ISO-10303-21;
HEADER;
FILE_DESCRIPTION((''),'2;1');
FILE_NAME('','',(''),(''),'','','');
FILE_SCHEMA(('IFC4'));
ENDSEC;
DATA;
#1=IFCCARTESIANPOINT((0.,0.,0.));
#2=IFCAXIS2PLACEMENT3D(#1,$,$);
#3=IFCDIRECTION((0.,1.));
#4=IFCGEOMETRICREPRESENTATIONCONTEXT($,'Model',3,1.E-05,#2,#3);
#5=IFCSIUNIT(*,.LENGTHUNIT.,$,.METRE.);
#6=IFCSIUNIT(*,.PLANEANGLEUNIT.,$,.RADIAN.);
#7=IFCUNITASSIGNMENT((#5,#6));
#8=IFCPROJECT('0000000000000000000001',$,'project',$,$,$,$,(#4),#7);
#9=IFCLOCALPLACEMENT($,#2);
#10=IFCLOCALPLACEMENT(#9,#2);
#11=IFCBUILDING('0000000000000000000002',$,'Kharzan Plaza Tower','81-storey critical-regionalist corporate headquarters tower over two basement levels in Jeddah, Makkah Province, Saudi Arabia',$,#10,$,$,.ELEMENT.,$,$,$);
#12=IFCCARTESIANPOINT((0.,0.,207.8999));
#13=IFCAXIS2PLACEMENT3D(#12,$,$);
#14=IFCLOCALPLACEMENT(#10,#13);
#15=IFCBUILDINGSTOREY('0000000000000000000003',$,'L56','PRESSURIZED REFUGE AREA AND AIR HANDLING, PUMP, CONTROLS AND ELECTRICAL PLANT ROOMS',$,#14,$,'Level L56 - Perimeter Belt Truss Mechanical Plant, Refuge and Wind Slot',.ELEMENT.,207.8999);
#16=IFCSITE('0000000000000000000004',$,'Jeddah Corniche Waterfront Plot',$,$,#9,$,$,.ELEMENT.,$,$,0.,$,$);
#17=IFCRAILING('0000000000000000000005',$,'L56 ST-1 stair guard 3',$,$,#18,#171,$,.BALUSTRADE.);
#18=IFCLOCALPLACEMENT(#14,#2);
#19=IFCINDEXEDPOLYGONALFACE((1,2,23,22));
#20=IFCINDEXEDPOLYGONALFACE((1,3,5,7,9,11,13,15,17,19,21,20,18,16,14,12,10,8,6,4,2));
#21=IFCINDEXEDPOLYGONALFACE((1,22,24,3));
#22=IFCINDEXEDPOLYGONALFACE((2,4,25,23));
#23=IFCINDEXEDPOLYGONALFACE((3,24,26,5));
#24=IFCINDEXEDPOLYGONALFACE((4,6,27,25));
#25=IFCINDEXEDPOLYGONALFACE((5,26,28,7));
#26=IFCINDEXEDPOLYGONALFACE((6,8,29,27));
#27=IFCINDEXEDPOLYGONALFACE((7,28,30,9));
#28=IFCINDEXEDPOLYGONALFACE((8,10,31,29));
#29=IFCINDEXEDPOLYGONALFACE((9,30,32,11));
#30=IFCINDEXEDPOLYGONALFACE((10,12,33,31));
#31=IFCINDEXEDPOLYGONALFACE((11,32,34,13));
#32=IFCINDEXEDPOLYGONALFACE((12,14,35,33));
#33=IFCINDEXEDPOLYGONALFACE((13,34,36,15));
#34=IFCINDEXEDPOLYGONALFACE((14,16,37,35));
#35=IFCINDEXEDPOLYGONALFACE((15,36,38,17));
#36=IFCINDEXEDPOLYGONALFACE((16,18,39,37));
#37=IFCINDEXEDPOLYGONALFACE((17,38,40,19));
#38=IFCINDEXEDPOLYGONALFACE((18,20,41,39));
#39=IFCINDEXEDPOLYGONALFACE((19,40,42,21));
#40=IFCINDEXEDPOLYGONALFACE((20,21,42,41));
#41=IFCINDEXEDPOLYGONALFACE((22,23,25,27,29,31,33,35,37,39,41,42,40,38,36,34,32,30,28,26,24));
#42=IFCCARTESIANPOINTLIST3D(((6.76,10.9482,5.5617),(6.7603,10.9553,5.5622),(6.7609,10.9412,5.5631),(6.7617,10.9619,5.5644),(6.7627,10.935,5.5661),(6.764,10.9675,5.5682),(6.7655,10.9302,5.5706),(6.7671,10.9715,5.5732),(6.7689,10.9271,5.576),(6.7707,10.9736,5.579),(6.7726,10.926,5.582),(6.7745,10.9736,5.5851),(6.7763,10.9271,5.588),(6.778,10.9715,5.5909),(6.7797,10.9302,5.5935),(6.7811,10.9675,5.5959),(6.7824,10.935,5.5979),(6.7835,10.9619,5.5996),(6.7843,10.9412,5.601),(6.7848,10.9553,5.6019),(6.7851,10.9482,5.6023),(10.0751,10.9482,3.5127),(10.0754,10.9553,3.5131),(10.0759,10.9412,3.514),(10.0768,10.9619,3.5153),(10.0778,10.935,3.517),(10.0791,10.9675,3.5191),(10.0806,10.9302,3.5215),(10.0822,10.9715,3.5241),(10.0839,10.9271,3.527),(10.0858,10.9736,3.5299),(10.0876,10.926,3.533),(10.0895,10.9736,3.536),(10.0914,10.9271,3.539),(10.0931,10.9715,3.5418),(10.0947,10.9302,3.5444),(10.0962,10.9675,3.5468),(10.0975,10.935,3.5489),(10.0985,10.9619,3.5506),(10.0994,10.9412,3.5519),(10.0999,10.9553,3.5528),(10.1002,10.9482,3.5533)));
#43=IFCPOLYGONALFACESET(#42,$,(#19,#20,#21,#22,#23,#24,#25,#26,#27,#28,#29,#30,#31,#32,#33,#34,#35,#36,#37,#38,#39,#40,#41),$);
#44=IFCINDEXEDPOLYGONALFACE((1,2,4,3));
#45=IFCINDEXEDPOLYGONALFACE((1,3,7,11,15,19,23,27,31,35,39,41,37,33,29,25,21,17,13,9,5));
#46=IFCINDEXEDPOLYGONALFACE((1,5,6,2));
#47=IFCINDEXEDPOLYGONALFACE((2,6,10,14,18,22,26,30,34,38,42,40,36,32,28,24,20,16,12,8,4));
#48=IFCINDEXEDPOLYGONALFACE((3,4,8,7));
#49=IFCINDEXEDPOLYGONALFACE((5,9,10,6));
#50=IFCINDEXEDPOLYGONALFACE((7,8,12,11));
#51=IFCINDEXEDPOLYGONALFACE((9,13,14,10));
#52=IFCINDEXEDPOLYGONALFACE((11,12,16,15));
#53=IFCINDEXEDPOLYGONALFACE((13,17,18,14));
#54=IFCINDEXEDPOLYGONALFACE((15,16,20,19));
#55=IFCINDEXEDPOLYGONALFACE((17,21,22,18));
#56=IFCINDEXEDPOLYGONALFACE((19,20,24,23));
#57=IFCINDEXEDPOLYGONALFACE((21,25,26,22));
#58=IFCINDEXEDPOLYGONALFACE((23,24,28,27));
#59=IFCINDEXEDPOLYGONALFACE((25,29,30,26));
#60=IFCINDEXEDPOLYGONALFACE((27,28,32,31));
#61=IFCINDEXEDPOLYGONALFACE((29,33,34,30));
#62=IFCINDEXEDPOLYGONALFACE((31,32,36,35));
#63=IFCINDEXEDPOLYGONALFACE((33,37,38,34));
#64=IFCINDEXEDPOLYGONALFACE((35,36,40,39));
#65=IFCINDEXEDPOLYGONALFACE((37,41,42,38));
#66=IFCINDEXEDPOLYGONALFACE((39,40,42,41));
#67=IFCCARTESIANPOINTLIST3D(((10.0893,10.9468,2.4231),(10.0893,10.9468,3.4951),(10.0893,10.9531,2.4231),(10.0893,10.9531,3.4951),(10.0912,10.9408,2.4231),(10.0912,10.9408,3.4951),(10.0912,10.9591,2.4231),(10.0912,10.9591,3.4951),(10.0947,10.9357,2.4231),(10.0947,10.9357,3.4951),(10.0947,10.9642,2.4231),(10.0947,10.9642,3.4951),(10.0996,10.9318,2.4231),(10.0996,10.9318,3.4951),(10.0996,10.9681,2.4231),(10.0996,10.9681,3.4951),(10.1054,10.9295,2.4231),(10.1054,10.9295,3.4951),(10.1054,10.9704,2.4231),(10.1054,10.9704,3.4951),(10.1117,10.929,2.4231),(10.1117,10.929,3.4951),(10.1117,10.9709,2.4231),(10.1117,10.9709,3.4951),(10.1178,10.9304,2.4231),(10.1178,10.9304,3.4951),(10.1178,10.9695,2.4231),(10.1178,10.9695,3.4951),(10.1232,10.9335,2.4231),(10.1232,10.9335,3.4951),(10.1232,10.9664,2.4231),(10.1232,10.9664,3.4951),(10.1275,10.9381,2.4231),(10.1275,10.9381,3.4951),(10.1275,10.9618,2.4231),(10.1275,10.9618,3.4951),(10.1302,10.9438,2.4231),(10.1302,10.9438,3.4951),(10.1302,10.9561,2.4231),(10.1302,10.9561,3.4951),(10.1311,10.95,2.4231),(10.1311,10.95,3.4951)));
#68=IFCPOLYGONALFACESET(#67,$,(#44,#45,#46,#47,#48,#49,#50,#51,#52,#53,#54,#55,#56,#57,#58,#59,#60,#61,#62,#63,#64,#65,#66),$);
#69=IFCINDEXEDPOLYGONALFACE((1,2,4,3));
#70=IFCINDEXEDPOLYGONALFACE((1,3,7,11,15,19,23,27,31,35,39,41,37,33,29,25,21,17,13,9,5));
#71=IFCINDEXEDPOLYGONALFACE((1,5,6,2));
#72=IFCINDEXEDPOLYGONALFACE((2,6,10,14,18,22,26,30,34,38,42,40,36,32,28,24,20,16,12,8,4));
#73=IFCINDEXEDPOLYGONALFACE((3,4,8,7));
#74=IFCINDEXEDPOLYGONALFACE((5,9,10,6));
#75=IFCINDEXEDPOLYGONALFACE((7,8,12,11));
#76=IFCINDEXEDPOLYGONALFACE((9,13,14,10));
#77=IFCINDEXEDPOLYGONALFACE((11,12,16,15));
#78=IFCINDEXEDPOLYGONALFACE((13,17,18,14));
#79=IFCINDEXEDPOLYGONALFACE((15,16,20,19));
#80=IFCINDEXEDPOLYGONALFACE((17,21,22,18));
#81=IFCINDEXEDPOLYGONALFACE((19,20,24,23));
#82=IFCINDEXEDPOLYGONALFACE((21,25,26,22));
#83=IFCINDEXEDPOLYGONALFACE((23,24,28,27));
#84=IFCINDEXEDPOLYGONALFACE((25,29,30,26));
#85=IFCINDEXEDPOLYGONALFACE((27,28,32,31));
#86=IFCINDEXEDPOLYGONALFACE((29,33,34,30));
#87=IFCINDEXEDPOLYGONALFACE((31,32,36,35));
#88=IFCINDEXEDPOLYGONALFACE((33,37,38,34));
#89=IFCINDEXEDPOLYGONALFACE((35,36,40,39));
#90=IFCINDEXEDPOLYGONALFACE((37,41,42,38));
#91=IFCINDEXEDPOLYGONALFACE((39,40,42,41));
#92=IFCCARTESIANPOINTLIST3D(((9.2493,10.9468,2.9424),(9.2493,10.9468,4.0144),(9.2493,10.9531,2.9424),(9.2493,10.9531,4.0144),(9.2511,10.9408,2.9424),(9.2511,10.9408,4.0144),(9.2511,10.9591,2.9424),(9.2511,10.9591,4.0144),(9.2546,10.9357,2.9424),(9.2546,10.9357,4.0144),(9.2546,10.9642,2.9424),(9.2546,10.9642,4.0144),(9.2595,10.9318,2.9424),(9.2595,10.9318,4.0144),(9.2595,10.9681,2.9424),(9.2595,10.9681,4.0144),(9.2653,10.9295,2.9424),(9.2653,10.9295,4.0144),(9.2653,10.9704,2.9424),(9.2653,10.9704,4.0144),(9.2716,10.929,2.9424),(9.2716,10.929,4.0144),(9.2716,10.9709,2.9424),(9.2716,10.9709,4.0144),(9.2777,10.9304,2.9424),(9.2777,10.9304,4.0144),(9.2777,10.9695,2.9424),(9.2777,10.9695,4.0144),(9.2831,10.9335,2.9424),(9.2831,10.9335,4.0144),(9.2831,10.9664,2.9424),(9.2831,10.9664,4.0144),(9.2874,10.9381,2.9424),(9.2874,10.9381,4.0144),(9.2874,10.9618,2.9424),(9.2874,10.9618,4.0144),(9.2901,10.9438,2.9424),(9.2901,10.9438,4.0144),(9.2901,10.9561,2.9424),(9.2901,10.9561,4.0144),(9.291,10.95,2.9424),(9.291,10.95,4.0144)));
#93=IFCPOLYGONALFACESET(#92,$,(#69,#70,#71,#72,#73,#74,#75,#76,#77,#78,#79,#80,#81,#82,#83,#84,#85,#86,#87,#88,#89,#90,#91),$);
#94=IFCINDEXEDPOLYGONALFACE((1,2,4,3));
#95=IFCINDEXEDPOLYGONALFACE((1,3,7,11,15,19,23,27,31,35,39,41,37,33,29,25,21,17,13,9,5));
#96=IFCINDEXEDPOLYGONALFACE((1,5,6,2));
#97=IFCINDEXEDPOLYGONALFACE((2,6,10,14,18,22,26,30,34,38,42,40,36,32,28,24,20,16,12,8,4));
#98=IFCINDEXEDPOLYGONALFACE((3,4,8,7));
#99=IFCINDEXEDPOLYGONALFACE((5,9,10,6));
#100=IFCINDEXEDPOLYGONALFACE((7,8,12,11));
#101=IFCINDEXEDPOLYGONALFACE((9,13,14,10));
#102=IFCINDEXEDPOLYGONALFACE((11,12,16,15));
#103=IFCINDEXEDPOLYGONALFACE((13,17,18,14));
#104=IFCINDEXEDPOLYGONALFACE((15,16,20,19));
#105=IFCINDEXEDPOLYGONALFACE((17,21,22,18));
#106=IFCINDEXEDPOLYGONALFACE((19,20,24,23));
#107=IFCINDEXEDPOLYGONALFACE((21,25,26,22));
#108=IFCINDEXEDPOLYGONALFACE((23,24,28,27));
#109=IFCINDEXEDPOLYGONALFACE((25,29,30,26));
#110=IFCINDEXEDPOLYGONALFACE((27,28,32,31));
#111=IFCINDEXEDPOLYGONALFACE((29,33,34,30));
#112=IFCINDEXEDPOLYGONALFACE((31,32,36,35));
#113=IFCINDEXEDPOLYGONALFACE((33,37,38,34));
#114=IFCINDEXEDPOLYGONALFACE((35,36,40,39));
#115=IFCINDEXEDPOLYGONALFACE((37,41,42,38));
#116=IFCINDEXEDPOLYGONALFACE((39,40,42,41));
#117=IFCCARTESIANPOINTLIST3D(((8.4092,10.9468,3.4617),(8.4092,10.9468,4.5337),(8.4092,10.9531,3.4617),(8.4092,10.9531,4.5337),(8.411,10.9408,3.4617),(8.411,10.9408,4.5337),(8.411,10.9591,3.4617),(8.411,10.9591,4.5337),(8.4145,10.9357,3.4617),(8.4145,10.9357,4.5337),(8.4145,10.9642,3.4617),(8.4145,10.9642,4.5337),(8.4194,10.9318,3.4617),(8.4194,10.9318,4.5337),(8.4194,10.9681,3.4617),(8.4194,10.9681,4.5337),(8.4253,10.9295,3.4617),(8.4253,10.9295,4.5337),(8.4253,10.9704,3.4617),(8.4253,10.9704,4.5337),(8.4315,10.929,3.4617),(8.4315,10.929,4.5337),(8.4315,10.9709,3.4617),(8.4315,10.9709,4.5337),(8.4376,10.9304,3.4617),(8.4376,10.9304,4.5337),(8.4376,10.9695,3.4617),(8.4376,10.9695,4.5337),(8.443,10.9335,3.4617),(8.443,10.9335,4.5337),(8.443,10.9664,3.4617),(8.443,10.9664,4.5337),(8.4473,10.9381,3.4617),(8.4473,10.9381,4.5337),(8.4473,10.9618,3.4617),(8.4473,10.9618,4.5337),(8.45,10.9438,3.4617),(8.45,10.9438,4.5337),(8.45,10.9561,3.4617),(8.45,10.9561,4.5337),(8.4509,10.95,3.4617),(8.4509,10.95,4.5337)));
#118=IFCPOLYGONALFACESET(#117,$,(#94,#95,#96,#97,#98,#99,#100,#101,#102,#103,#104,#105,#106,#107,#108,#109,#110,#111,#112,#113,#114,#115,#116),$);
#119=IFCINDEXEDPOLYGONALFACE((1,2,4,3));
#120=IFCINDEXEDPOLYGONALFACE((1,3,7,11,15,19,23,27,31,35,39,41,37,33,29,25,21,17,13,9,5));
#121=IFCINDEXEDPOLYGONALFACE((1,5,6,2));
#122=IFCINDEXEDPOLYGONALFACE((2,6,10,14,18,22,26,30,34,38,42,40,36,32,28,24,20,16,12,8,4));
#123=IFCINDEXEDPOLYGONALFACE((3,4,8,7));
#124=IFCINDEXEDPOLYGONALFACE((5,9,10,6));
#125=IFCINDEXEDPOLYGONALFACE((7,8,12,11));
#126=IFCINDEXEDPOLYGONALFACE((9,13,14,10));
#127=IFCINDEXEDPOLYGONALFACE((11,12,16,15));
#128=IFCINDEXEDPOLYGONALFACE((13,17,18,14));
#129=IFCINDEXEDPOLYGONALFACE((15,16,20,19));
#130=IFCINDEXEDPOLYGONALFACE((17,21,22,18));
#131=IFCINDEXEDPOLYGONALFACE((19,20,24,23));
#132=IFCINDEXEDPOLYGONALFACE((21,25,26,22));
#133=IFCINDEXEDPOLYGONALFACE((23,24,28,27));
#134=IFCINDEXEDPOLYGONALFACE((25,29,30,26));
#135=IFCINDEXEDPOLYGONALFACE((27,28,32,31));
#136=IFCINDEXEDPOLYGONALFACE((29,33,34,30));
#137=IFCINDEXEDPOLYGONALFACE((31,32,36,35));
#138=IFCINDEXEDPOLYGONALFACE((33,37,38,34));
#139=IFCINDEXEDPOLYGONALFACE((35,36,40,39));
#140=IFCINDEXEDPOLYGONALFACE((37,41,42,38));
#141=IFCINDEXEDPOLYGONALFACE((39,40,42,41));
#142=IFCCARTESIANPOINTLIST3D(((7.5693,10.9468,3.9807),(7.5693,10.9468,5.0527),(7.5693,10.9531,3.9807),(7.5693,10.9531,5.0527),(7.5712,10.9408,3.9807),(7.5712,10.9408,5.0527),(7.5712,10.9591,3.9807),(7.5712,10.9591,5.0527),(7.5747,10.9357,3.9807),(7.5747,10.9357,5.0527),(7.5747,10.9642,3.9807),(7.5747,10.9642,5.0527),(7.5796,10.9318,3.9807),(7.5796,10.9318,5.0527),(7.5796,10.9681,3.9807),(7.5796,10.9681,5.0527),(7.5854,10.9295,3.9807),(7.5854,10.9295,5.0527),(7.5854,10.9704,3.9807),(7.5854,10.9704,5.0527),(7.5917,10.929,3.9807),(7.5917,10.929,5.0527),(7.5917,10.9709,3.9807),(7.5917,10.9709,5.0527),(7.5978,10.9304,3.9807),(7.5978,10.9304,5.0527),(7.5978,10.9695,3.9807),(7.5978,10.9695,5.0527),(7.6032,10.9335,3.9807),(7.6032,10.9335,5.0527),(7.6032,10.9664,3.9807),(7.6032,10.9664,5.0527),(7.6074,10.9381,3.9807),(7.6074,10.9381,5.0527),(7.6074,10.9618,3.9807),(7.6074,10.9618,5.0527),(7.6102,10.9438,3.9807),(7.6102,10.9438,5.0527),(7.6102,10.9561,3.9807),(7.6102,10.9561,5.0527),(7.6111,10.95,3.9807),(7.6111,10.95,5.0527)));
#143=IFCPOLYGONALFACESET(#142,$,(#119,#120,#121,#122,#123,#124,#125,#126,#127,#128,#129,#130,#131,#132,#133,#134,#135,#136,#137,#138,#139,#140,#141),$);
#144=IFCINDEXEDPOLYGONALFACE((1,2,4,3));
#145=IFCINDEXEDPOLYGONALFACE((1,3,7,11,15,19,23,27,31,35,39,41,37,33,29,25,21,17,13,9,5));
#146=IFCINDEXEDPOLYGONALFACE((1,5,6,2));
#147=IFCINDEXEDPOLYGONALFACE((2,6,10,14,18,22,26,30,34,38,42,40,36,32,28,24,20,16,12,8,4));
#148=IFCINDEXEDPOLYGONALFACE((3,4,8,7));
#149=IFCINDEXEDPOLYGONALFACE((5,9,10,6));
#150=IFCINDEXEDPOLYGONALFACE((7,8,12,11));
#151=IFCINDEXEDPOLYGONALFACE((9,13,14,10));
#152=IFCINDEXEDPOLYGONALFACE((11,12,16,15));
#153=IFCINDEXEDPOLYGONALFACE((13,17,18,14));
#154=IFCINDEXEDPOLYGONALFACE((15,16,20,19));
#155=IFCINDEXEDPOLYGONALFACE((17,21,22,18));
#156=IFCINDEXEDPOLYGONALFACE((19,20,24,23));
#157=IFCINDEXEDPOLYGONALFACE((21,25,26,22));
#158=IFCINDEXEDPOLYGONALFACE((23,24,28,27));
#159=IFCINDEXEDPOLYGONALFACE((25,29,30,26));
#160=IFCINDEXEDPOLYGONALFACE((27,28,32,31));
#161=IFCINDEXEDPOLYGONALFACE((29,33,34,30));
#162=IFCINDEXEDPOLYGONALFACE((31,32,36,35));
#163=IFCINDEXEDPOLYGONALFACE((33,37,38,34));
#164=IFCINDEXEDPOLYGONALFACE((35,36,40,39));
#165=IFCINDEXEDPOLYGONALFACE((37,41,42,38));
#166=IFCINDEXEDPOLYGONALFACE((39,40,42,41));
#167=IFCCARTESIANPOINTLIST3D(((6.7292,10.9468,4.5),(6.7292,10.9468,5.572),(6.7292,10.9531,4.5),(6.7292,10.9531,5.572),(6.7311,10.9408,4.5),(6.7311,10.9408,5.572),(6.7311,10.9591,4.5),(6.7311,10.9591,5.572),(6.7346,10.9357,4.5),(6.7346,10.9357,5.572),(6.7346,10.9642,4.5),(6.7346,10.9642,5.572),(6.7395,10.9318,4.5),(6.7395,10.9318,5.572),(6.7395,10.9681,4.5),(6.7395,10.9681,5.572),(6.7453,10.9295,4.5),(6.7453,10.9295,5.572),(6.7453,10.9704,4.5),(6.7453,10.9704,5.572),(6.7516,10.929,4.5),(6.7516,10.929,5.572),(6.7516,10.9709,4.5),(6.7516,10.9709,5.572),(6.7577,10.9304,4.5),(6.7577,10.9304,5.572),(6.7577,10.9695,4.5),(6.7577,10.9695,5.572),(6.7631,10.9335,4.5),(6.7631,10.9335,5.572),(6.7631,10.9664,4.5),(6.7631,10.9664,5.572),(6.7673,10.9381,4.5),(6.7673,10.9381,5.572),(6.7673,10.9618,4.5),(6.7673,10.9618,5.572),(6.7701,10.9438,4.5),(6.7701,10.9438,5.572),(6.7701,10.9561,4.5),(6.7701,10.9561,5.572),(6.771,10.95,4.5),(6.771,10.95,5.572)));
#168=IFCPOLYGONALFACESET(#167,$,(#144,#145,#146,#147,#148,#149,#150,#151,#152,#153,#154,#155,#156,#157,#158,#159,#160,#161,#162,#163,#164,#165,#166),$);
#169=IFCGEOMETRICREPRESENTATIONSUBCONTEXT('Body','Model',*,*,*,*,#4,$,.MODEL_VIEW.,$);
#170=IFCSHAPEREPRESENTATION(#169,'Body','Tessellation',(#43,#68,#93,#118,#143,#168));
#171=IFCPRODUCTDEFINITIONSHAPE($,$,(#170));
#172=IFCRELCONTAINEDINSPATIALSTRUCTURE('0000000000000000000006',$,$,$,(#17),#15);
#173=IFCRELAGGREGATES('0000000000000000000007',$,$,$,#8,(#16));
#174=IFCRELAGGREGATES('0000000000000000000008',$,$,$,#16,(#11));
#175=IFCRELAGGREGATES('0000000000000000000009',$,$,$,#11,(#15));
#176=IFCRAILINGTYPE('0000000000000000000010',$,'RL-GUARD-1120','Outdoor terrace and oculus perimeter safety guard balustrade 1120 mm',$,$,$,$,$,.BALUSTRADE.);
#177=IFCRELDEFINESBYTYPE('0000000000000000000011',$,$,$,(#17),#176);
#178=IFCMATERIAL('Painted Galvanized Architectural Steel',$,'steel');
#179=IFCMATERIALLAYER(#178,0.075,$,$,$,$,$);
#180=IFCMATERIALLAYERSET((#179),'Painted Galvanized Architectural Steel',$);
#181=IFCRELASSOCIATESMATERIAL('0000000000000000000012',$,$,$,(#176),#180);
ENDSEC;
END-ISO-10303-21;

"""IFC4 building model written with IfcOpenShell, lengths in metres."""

from ifc_helpers import new_model, si_unit, direction, frame, origin, origin_2d, place, context, subcontext, project, spatial, circle, extrude, source, transform, mapped, material, layer, layer_set, type_object, element, save


model = new_model("IFC4")

# Units and contexts
model_context = context("Model", 3, precision=1e-05, world=origin(), true_north=direction((0.0, 1.0)))
body_context = subcontext(model_context, "Body", "Model", "MODEL_VIEW")
ifc_project = project(units=[si_unit("LENGTHUNIT", "METRE"), si_unit("PLANEANGLEUNIT", "RADIAN")], contexts=[model_context])

# Site, building, storey
site_placement = place(None, origin())
site = spatial("IfcSite", under=ifc_project, at=site_placement, Name="Jeddah Corniche Waterfront Plot", CompositionType="ELEMENT", RefElevation=0.0)
building_placement = place(site_placement, origin())
building = spatial("IfcBuilding", under=site, at=building_placement, Name="Kharzan Plaza Tower", Description="81-storey critical-regionalist corporate headquarters tower over two basement levels in Jeddah, Makkah Province, Saudi Arabia", CompositionType="ELEMENT")
storey_placement = place(building_placement, frame((0.0, 0.0, 207.8999)))
storey = spatial("IfcBuildingStorey", under=building, at=storey_placement, Name="L56", Description="PRESSURIZED REFUGE AREA AND AIR HANDLING, PUMP, CONTROLS AND ELECTRICAL PLANT ROOMS", LongName="Level L56 - Perimeter Belt Truss Mechanical Plant, Refuge and Wind Slot", CompositionType="ELEMENT", Elevation=207.8999)

# Railing
ifc_material_1 = material(Name="Painted Galvanized Architectural Steel", Category="steel")
ifc_layer_1 = layer(ifc_material_1, 0.075)
ifc_layer_set_1 = layer_set([ifc_layer_1], Name="Painted Galvanized Architectural Steel")
railing_type_1 = type_object("IfcRailingType", Name="RL-GUARD-1120", Description="Outdoor terrace and oculus perimeter safety guard balustrade 1120 mm", PredefinedType="BALUSTRADE", material=ifc_layer_set_1)
shared_shape_1 = source(origin(), body_context, "Body", "SweptSolid", [
    extrude(circle(Radius=0.0239, at=origin_2d()), frame((-0.0225, 0.0, 1.1099), z_axis=(-0.850623, 0.0, 0.525776), x_axis=(0.0, -1.0, 0.0)), (0.0, 0.0, 1.0), 3.8972),
    extrude(circle(Radius=0.021, at=origin_2d()), origin(), (0.0, 0.0, 1.0), 1.072),
    extrude(circle(Radius=0.021, at=origin_2d()), frame((-0.8401, 0.0, 0.5193)), (0.0, 0.0, 1.0), 1.072),
    extrude(circle(Radius=0.021, at=origin_2d()), frame((-1.6802, 0.0, 1.0386)), (0.0, 0.0, 1.0), 1.072),
    extrude(circle(Radius=0.021, at=origin_2d()), frame((-2.52, 0.0, 1.5576)), (0.0, 0.0, 1.0), 1.072),
    extrude(circle(Radius=0.021, at=origin_2d()), frame((-3.3601, 0.0, 2.0769)), (0.0, 0.0, 1.0), 1.072),
])
railing_1_placement = place(storey_placement, frame((10.1101, 10.95, 2.4231)))
element("IfcRailing", 1, at=railing_1_placement, inside=storey, type_object=railing_type_1, Name="L56 ST-1 stair guard 3", PredefinedType="BALUSTRADE", context=body_context, shape_type="MappedRepresentation", body=[
    mapped(shared_shape_1, transform((0.0, 0.0, 0.0), x_axis=(1.0, 0.0, 0.0), y_axis=(0.0, 1.0, 0.0), z_axis=(0.0, 0.0, 1.0))),
])

save(model, "model.ifc")
